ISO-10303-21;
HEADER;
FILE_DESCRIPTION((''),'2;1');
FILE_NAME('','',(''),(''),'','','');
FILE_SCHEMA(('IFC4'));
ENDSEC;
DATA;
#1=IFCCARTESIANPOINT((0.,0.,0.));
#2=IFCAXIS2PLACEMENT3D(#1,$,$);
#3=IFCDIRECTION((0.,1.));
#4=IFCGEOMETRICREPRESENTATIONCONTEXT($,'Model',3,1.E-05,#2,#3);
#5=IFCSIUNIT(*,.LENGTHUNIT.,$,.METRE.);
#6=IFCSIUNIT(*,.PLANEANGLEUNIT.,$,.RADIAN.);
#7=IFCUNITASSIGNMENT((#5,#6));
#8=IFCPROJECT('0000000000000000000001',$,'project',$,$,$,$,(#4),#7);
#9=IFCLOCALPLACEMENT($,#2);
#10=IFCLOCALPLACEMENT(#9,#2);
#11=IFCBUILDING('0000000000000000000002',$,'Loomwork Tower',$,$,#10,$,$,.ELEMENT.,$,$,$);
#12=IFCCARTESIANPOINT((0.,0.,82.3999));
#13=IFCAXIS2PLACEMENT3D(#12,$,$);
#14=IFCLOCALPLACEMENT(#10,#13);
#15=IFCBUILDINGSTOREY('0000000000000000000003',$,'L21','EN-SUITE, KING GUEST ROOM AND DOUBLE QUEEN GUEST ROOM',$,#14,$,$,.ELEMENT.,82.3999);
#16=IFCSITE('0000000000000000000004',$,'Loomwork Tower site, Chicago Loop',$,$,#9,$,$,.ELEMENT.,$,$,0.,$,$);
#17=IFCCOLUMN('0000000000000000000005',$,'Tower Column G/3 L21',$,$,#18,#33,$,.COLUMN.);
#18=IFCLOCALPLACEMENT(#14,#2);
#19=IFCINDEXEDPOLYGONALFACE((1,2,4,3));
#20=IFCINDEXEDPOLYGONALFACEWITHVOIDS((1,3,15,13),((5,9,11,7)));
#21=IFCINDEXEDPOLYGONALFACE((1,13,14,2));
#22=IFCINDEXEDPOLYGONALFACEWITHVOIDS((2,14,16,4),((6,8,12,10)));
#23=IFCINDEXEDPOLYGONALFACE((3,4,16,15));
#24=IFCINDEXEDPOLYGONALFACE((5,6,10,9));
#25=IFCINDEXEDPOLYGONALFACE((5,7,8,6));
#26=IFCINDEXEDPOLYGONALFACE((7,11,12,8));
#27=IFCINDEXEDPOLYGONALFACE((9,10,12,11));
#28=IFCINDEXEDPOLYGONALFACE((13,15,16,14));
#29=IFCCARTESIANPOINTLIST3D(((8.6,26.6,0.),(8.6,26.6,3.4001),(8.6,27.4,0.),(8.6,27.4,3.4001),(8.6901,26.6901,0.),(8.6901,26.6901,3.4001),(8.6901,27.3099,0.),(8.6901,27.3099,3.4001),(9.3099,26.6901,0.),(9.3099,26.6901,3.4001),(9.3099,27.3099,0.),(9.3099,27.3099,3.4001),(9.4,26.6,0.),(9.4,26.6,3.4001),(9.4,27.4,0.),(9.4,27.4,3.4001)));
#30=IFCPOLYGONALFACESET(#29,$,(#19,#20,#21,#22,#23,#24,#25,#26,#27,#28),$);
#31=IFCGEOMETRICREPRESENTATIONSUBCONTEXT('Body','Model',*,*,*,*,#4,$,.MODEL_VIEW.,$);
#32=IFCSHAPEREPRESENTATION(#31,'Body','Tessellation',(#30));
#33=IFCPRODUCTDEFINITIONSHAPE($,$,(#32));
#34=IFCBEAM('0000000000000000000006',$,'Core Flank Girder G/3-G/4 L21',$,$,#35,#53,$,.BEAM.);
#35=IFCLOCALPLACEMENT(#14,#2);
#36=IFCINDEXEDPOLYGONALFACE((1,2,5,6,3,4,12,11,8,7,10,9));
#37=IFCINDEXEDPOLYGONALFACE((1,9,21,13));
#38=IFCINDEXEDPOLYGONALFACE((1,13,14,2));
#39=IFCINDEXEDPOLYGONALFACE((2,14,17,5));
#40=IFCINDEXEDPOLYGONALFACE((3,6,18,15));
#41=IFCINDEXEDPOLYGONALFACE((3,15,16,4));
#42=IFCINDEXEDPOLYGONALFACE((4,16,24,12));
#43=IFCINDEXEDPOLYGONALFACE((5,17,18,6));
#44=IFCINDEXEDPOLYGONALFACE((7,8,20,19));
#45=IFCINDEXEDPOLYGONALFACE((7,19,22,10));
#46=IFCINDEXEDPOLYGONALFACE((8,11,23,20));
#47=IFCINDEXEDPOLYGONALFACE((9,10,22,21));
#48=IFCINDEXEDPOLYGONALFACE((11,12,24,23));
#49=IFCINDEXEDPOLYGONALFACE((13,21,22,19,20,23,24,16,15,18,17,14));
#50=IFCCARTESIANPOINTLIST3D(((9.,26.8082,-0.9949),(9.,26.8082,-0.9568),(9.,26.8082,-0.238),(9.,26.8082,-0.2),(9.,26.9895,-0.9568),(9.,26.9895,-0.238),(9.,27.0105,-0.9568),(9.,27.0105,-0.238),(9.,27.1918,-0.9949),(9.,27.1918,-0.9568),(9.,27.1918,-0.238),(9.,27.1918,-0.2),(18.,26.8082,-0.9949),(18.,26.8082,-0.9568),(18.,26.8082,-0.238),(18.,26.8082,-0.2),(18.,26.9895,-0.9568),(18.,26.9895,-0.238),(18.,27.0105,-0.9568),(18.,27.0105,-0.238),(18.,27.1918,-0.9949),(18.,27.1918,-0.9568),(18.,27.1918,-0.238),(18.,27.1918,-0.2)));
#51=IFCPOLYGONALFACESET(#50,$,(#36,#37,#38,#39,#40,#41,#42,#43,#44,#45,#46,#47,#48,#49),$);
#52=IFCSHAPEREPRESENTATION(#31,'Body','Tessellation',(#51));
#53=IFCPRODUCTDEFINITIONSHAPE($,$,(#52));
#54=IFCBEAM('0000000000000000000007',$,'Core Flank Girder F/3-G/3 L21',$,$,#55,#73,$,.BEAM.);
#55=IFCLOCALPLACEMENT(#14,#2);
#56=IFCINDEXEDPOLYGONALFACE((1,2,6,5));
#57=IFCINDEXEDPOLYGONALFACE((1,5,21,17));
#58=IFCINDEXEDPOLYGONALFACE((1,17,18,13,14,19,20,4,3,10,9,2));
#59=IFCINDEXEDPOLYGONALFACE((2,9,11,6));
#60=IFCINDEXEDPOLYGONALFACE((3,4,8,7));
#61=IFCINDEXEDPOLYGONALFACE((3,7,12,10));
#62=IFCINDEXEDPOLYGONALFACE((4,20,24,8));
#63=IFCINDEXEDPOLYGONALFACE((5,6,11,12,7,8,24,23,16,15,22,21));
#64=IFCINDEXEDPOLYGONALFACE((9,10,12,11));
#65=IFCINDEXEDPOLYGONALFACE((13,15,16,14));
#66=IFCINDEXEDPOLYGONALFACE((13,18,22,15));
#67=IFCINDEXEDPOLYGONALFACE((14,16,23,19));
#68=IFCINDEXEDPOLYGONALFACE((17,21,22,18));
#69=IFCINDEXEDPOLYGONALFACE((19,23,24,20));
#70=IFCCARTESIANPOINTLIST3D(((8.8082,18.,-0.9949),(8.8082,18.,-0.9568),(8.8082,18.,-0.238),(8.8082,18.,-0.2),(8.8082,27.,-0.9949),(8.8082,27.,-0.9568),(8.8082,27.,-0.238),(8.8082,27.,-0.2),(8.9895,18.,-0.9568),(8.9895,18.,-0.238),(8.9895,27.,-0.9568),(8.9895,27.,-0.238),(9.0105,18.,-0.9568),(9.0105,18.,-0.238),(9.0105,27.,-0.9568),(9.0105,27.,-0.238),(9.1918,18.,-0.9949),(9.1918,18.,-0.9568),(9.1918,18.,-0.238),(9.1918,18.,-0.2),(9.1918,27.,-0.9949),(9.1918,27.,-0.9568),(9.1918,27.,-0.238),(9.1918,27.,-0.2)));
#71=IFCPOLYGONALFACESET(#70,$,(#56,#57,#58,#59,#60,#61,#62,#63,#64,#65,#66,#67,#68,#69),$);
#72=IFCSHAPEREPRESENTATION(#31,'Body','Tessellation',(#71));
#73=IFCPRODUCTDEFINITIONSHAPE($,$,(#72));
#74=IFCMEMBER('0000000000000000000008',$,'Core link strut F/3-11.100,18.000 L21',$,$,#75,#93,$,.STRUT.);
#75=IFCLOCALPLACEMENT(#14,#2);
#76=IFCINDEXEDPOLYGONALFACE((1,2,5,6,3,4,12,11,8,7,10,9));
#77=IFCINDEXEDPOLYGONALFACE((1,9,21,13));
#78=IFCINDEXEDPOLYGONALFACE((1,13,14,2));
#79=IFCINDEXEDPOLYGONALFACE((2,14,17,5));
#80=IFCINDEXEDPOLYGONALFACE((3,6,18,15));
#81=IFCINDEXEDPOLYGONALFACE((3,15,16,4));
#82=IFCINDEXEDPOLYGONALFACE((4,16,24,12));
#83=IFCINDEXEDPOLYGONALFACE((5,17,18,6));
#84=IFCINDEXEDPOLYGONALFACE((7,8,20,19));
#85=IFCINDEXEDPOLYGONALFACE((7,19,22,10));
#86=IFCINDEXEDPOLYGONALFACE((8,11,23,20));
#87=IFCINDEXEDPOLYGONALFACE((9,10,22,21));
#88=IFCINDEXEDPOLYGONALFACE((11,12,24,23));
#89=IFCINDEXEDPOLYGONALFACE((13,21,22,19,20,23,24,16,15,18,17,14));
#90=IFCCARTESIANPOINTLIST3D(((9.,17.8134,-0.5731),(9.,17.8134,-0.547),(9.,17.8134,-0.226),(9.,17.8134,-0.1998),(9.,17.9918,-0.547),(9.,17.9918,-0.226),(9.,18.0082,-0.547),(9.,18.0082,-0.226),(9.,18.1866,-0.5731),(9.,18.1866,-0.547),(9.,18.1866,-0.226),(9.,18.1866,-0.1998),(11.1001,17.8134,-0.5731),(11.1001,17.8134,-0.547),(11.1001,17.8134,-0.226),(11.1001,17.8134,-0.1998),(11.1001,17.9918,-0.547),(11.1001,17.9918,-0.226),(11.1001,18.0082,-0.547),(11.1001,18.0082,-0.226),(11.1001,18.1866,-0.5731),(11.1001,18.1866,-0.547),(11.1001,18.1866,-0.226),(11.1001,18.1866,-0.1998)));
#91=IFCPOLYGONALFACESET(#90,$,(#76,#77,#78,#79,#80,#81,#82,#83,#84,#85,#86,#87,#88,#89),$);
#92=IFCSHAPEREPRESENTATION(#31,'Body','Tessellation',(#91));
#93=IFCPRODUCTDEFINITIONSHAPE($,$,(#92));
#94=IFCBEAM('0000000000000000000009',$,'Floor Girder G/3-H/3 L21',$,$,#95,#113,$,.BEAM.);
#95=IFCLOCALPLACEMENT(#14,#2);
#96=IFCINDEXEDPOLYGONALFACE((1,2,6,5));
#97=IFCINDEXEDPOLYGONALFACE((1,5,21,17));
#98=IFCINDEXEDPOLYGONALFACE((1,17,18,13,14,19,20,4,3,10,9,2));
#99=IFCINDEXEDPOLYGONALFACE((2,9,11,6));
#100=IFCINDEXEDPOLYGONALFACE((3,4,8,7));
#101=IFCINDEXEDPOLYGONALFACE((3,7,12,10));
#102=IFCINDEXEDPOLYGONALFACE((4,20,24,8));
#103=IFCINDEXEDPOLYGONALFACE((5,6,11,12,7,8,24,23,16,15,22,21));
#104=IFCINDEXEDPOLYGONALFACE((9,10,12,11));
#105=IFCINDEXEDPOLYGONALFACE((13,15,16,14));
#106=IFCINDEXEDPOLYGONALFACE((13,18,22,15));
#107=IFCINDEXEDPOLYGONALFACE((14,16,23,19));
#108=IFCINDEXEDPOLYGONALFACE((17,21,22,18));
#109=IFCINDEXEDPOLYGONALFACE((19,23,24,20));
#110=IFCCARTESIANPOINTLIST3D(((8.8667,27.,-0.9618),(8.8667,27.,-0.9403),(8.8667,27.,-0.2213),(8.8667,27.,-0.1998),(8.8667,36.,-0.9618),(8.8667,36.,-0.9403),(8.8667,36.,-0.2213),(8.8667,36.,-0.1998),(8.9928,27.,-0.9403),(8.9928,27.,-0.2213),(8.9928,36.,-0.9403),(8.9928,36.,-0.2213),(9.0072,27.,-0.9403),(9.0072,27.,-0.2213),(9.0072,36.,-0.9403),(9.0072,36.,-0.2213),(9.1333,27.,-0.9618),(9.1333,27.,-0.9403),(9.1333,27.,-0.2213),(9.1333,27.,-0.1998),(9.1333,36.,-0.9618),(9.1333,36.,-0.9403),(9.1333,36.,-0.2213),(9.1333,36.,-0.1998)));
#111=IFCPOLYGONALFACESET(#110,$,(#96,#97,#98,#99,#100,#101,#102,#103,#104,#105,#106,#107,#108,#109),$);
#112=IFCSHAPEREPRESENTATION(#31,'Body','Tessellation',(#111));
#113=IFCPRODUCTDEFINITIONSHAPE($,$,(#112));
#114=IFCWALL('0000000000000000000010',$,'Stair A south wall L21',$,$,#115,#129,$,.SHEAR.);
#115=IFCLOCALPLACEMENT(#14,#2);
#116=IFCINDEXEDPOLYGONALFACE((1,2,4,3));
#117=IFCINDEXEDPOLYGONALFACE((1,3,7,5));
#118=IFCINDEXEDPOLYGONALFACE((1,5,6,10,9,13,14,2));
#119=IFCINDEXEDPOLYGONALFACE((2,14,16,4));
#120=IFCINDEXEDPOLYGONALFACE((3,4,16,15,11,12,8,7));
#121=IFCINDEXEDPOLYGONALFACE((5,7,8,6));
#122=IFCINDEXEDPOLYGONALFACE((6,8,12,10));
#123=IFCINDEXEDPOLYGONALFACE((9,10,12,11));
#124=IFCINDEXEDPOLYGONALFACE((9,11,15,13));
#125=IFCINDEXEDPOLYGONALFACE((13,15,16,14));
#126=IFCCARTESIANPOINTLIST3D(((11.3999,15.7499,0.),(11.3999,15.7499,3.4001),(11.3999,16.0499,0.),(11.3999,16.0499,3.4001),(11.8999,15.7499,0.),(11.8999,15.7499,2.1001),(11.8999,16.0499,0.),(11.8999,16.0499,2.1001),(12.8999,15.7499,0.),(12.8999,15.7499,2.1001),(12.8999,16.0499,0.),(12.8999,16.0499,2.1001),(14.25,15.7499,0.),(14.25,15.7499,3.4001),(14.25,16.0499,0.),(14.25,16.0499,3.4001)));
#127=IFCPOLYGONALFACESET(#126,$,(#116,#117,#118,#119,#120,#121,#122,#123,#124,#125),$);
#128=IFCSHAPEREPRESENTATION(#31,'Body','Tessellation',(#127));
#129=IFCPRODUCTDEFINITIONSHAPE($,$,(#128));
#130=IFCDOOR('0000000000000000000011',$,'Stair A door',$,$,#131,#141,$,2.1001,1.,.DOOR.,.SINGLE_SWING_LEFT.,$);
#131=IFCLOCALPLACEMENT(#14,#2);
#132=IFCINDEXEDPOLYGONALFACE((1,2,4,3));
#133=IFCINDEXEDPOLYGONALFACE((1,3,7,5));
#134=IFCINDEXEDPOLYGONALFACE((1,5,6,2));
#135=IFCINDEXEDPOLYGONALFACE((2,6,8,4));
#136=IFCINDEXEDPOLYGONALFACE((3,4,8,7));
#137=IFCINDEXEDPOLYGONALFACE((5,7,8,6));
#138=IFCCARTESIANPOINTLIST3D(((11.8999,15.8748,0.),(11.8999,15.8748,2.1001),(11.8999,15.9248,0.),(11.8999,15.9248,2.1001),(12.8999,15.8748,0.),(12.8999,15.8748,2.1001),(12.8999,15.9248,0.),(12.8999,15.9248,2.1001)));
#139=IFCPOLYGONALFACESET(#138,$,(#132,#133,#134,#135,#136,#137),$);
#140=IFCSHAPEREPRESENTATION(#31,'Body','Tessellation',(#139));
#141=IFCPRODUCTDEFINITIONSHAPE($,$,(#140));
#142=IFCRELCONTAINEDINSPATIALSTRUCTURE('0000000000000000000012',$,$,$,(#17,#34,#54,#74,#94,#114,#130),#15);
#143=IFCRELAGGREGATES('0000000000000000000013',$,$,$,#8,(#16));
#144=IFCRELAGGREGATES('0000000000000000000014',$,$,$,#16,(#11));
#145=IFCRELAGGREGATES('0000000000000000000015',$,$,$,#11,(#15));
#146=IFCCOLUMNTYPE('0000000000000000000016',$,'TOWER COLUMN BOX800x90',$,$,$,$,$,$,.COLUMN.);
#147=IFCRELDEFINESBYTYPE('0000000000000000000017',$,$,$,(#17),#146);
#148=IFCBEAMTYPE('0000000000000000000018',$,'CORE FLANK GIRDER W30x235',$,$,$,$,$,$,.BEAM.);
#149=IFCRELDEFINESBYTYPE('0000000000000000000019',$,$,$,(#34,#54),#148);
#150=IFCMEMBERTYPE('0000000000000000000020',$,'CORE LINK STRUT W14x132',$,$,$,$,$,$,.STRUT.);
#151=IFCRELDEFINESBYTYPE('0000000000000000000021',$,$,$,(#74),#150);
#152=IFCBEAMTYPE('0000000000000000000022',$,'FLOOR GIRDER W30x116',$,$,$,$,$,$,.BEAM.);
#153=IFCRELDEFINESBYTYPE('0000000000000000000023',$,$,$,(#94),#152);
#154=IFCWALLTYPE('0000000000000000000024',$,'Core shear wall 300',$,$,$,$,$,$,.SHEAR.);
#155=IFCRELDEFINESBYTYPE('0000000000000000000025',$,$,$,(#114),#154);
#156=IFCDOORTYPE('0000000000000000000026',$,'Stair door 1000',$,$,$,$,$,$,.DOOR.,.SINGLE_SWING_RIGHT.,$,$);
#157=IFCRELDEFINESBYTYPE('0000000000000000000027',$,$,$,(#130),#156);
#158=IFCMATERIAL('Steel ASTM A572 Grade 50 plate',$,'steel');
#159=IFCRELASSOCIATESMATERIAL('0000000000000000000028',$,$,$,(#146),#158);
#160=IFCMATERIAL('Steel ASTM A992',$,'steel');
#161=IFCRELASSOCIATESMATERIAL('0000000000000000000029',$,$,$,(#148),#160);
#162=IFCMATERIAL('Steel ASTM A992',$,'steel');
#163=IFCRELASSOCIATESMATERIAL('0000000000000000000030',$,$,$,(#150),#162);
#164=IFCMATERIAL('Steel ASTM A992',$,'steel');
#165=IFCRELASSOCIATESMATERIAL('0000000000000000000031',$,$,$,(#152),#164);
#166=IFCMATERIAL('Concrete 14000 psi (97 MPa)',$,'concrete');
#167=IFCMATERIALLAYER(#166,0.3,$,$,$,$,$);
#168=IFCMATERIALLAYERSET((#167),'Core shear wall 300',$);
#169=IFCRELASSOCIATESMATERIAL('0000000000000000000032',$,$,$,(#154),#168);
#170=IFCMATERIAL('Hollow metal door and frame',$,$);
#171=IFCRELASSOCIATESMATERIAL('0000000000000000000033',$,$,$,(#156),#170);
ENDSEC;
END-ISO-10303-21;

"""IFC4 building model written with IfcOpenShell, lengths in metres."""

from ifc_helpers import new_model, si_unit, direction, frame, frame_2d, origin, origin_2d, place, context, subcontext, project, spatial, rectangle, hollow_rectangle, i_section, extrude, material, layer, layer_set, material_profile, profile_set, type_object, element, fill, save


model = new_model("IFC4")

# Units and contexts
model_context = context("Model", 3, precision=1e-05, world=origin(), true_north=direction((0.0, 1.0)))
body_context = subcontext(model_context, "Body", "Model", "MODEL_VIEW")
ifc_project = project(units=[si_unit("LENGTHUNIT", "METRE"), si_unit("PLANEANGLEUNIT", "RADIAN")], contexts=[model_context])

# Site, building, storey
site_placement = place(None, origin())
site = spatial("IfcSite", under=ifc_project, at=site_placement, Name="Loomwork Tower site, Chicago Loop", CompositionType="ELEMENT", RefElevation=0.0)
building_placement = place(site_placement, origin())
building = spatial("IfcBuilding", under=site, at=building_placement, Name="Loomwork Tower", CompositionType="ELEMENT")
storey_placement = place(building_placement, frame((0.0, 0.0, 82.3999)))
storey = spatial("IfcBuildingStorey", under=building, at=storey_placement, Name="L21", Description="EN-SUITE, KING GUEST ROOM AND DOUBLE QUEEN GUEST ROOM", CompositionType="ELEMENT", Elevation=82.3999)

# Column
ifc_material_1 = material(Name="Steel ASTM A572 Grade 50 plate", Category="steel")
ifc_material_profile_1 = material_profile(ifc_material_1, hollow_rectangle(XDim=0.8, YDim=0.8, WallThickness=0.0901, at=origin_2d()), Name="BOX800x90")
ifc_profile_set_1 = profile_set([ifc_material_profile_1], Name="Steel ASTM A572 Grade 50 plate")
column_type = type_object("IfcColumnType", Name="TOWER COLUMN BOX800x90", PredefinedType="COLUMN", material=ifc_profile_set_1)
column_placement = place(storey_placement, frame((9.0, 27.0, 0.0), z_axis=(0.0, 0.0, 1.0), x_axis=(1.0, 0.0, 0.0)))
element("IfcColumn", 1, at=column_placement, inside=storey, type_object=column_type, Name="Tower Column G/3 L21", PredefinedType="COLUMN", context=body_context, shape_type="SweptSolid", body=[
    extrude(hollow_rectangle(XDim=0.8, YDim=0.8, WallThickness=0.0901, at=origin_2d()), origin(), (0.0, 0.0, 1.0), 3.4001),
])

# Beams
ifc_material_2 = material(Name="Steel ASTM A992", Category="steel")
ifc_material_profile_2 = material_profile(ifc_material_2, i_section(OverallWidth=0.3835, OverallDepth=0.7949, WebThickness=0.021, FlangeThickness=0.0381, at=origin_2d()), Name="W30x235")
ifc_profile_set_2 = profile_set([ifc_material_profile_2], Name="Steel ASTM A992")
beam_type_1 = type_object("IfcBeamType", Name="CORE FLANK GIRDER W30x235", PredefinedType="BEAM", material=ifc_profile_set_2)
for number, where, z_axis, x_axis, name in (
    (2, (9.0, 27.0, -0.5974), (1.0, 0.0, 0.0), (0.0, 1.0, 0.0), "Core Flank Girder G/3-G/4 L21"),
    (3, (9.0, 18.0, -0.5974), (0.0, 1.0, 0.0), (-1.0, 0.0, 0.0), "Core Flank Girder F/3-G/3 L21"),
):
    element("IfcBeam", number, at=place(storey_placement, frame(where, z_axis=z_axis, x_axis=x_axis)), inside=storey, type_object=beam_type_1, Name=name, PredefinedType="BEAM", context=body_context, shape_type="SweptSolid", body=[
        extrude(i_section(OverallWidth=0.3835, OverallDepth=0.7949, WebThickness=0.021, FlangeThickness=0.0381, at=origin_2d()), origin(), (0.0, 0.0, 1.0), 9.0),
    ])

# Member
ifc_material_3 = material(Name="Steel ASTM A992", Category="steel")
ifc_material_profile_3 = material_profile(ifc_material_3, i_section(OverallWidth=0.3733, OverallDepth=0.3733, WebThickness=0.0164, FlangeThickness=0.0261, at=origin_2d()), Name="W14x132")
ifc_profile_set_3 = profile_set([ifc_material_profile_3], Name="Steel ASTM A992")
member_type = type_object("IfcMemberType", Name="CORE LINK STRUT W14x132", PredefinedType="STRUT", material=ifc_profile_set_3)
member_placement = place(storey_placement, frame((9.0, 18.0, -0.3865), z_axis=(1.0, 0.0, 0.0), x_axis=(0.0, 1.0, 0.0)))
element("IfcMember", 4, at=member_placement, inside=storey, type_object=member_type, Name="Core link strut F/3-11.100,18.000 L21", PredefinedType="STRUT", context=body_context, shape_type="SweptSolid", body=[
    extrude(i_section(OverallWidth=0.3733, OverallDepth=0.3733, WebThickness=0.0164, FlangeThickness=0.0261, at=origin_2d()), origin(), (0.0, 0.0, 1.0), 2.1001),
])

# Beam
ifc_material_4 = material(Name="Steel ASTM A992", Category="steel")
ifc_material_profile_4 = material_profile(ifc_material_4, i_section(OverallWidth=0.2666, OverallDepth=0.762, WebThickness=0.0144, FlangeThickness=0.0215, at=origin_2d()), Name="W30x116")
ifc_profile_set_4 = profile_set([ifc_material_profile_4], Name="Steel ASTM A992")
beam_type_2 = type_object("IfcBeamType", Name="FLOOR GIRDER W30x116", PredefinedType="BEAM", material=ifc_profile_set_4)
beam_placement = place(storey_placement, frame((9.0, 27.0, -0.5808), z_axis=(0.0, 1.0, 0.0), x_axis=(-1.0, 0.0, 0.0)))
element("IfcBeam", 5, at=beam_placement, inside=storey, type_object=beam_type_2, Name="Floor Girder G/3-H/3 L21", PredefinedType="BEAM", context=body_context, shape_type="SweptSolid", body=[
    extrude(i_section(OverallWidth=0.2666, OverallDepth=0.762, WebThickness=0.0144, FlangeThickness=0.0215, at=origin_2d()), origin(), (0.0, 0.0, 1.0), 9.0),
])

# Wall, opening, door
ifc_material_5 = material(Name="Concrete 14000 psi (97 MPa)", Category="concrete")
ifc_layer_1 = layer(ifc_material_5, 0.3)
ifc_layer_set_1 = layer_set([ifc_layer_1], Name="Core shear wall 300")
wall_type_1 = type_object("IfcWallType", Name="Core shear wall 300", PredefinedType="SHEAR", material=ifc_layer_set_1)
wall_1_placement = place(storey_placement, frame((11.3999, 15.8999, 0.0), z_axis=(0.0, 0.0, 1.0), x_axis=(1.0, 0.0, 0.0)))
wall_1 = element("IfcWall", 6, at=wall_1_placement, inside=storey, type_object=wall_type_1, Name="Stair A south wall L21", PredefinedType="SHEAR", context=body_context, shape_type="SweptSolid", body=[
    extrude(rectangle(XDim=2.8501, YDim=0.3, at=frame_2d((1.425, 0.0))), origin(), (0.0, 0.0, 1.0), 3.4001),
])
opening_1_placement = place(wall_1_placement, frame((0.5, 0.0, 0.0)))
opening_1 = element("IfcOpeningElement", 7, at=opening_1_placement, cuts=wall_1, PredefinedType="OPENING", context=body_context, shape_type="SweptSolid", body=[
    extrude(rectangle(XDim=1.0, YDim=2.1001, at=frame_2d((0.5, 1.05))), frame((0.0, 0.1599, 0.0), z_axis=(0.0, -1.0, 0.0), x_axis=(1.0, 0.0, 0.0)), (0.0, 0.0, 1.0), 0.3201),
])
ifc_material_6 = material(Name="Hollow metal door and frame")
door_type_1 = type_object("IfcDoorType", Name="Stair door 1000", OperationType="SINGLE_SWING_RIGHT", PredefinedType="DOOR", material=ifc_material_6)
door_1_placement = place(opening_1_placement, origin())
door_1 = element("IfcDoor", 8, at=door_1_placement, inside=storey, type_object=door_type_1, Name="Stair A door", OperationType="SINGLE_SWING_LEFT", OverallHeight=2.1001, OverallWidth=1.0, PredefinedType="DOOR", context=body_context, shape_type="SweptSolid", body=[
    extrude(rectangle(XDim=1.0, YDim=2.1001, at=frame_2d((0.5, 1.05))), frame((0.0, 0.0249, 0.0), z_axis=(0.0, -1.0, 0.0), x_axis=(1.0, 0.0, 0.0)), (0.0, 0.0, 1.0), 0.05),
])
fill(opening_1, door_1)

save(model, "model.ifc")
